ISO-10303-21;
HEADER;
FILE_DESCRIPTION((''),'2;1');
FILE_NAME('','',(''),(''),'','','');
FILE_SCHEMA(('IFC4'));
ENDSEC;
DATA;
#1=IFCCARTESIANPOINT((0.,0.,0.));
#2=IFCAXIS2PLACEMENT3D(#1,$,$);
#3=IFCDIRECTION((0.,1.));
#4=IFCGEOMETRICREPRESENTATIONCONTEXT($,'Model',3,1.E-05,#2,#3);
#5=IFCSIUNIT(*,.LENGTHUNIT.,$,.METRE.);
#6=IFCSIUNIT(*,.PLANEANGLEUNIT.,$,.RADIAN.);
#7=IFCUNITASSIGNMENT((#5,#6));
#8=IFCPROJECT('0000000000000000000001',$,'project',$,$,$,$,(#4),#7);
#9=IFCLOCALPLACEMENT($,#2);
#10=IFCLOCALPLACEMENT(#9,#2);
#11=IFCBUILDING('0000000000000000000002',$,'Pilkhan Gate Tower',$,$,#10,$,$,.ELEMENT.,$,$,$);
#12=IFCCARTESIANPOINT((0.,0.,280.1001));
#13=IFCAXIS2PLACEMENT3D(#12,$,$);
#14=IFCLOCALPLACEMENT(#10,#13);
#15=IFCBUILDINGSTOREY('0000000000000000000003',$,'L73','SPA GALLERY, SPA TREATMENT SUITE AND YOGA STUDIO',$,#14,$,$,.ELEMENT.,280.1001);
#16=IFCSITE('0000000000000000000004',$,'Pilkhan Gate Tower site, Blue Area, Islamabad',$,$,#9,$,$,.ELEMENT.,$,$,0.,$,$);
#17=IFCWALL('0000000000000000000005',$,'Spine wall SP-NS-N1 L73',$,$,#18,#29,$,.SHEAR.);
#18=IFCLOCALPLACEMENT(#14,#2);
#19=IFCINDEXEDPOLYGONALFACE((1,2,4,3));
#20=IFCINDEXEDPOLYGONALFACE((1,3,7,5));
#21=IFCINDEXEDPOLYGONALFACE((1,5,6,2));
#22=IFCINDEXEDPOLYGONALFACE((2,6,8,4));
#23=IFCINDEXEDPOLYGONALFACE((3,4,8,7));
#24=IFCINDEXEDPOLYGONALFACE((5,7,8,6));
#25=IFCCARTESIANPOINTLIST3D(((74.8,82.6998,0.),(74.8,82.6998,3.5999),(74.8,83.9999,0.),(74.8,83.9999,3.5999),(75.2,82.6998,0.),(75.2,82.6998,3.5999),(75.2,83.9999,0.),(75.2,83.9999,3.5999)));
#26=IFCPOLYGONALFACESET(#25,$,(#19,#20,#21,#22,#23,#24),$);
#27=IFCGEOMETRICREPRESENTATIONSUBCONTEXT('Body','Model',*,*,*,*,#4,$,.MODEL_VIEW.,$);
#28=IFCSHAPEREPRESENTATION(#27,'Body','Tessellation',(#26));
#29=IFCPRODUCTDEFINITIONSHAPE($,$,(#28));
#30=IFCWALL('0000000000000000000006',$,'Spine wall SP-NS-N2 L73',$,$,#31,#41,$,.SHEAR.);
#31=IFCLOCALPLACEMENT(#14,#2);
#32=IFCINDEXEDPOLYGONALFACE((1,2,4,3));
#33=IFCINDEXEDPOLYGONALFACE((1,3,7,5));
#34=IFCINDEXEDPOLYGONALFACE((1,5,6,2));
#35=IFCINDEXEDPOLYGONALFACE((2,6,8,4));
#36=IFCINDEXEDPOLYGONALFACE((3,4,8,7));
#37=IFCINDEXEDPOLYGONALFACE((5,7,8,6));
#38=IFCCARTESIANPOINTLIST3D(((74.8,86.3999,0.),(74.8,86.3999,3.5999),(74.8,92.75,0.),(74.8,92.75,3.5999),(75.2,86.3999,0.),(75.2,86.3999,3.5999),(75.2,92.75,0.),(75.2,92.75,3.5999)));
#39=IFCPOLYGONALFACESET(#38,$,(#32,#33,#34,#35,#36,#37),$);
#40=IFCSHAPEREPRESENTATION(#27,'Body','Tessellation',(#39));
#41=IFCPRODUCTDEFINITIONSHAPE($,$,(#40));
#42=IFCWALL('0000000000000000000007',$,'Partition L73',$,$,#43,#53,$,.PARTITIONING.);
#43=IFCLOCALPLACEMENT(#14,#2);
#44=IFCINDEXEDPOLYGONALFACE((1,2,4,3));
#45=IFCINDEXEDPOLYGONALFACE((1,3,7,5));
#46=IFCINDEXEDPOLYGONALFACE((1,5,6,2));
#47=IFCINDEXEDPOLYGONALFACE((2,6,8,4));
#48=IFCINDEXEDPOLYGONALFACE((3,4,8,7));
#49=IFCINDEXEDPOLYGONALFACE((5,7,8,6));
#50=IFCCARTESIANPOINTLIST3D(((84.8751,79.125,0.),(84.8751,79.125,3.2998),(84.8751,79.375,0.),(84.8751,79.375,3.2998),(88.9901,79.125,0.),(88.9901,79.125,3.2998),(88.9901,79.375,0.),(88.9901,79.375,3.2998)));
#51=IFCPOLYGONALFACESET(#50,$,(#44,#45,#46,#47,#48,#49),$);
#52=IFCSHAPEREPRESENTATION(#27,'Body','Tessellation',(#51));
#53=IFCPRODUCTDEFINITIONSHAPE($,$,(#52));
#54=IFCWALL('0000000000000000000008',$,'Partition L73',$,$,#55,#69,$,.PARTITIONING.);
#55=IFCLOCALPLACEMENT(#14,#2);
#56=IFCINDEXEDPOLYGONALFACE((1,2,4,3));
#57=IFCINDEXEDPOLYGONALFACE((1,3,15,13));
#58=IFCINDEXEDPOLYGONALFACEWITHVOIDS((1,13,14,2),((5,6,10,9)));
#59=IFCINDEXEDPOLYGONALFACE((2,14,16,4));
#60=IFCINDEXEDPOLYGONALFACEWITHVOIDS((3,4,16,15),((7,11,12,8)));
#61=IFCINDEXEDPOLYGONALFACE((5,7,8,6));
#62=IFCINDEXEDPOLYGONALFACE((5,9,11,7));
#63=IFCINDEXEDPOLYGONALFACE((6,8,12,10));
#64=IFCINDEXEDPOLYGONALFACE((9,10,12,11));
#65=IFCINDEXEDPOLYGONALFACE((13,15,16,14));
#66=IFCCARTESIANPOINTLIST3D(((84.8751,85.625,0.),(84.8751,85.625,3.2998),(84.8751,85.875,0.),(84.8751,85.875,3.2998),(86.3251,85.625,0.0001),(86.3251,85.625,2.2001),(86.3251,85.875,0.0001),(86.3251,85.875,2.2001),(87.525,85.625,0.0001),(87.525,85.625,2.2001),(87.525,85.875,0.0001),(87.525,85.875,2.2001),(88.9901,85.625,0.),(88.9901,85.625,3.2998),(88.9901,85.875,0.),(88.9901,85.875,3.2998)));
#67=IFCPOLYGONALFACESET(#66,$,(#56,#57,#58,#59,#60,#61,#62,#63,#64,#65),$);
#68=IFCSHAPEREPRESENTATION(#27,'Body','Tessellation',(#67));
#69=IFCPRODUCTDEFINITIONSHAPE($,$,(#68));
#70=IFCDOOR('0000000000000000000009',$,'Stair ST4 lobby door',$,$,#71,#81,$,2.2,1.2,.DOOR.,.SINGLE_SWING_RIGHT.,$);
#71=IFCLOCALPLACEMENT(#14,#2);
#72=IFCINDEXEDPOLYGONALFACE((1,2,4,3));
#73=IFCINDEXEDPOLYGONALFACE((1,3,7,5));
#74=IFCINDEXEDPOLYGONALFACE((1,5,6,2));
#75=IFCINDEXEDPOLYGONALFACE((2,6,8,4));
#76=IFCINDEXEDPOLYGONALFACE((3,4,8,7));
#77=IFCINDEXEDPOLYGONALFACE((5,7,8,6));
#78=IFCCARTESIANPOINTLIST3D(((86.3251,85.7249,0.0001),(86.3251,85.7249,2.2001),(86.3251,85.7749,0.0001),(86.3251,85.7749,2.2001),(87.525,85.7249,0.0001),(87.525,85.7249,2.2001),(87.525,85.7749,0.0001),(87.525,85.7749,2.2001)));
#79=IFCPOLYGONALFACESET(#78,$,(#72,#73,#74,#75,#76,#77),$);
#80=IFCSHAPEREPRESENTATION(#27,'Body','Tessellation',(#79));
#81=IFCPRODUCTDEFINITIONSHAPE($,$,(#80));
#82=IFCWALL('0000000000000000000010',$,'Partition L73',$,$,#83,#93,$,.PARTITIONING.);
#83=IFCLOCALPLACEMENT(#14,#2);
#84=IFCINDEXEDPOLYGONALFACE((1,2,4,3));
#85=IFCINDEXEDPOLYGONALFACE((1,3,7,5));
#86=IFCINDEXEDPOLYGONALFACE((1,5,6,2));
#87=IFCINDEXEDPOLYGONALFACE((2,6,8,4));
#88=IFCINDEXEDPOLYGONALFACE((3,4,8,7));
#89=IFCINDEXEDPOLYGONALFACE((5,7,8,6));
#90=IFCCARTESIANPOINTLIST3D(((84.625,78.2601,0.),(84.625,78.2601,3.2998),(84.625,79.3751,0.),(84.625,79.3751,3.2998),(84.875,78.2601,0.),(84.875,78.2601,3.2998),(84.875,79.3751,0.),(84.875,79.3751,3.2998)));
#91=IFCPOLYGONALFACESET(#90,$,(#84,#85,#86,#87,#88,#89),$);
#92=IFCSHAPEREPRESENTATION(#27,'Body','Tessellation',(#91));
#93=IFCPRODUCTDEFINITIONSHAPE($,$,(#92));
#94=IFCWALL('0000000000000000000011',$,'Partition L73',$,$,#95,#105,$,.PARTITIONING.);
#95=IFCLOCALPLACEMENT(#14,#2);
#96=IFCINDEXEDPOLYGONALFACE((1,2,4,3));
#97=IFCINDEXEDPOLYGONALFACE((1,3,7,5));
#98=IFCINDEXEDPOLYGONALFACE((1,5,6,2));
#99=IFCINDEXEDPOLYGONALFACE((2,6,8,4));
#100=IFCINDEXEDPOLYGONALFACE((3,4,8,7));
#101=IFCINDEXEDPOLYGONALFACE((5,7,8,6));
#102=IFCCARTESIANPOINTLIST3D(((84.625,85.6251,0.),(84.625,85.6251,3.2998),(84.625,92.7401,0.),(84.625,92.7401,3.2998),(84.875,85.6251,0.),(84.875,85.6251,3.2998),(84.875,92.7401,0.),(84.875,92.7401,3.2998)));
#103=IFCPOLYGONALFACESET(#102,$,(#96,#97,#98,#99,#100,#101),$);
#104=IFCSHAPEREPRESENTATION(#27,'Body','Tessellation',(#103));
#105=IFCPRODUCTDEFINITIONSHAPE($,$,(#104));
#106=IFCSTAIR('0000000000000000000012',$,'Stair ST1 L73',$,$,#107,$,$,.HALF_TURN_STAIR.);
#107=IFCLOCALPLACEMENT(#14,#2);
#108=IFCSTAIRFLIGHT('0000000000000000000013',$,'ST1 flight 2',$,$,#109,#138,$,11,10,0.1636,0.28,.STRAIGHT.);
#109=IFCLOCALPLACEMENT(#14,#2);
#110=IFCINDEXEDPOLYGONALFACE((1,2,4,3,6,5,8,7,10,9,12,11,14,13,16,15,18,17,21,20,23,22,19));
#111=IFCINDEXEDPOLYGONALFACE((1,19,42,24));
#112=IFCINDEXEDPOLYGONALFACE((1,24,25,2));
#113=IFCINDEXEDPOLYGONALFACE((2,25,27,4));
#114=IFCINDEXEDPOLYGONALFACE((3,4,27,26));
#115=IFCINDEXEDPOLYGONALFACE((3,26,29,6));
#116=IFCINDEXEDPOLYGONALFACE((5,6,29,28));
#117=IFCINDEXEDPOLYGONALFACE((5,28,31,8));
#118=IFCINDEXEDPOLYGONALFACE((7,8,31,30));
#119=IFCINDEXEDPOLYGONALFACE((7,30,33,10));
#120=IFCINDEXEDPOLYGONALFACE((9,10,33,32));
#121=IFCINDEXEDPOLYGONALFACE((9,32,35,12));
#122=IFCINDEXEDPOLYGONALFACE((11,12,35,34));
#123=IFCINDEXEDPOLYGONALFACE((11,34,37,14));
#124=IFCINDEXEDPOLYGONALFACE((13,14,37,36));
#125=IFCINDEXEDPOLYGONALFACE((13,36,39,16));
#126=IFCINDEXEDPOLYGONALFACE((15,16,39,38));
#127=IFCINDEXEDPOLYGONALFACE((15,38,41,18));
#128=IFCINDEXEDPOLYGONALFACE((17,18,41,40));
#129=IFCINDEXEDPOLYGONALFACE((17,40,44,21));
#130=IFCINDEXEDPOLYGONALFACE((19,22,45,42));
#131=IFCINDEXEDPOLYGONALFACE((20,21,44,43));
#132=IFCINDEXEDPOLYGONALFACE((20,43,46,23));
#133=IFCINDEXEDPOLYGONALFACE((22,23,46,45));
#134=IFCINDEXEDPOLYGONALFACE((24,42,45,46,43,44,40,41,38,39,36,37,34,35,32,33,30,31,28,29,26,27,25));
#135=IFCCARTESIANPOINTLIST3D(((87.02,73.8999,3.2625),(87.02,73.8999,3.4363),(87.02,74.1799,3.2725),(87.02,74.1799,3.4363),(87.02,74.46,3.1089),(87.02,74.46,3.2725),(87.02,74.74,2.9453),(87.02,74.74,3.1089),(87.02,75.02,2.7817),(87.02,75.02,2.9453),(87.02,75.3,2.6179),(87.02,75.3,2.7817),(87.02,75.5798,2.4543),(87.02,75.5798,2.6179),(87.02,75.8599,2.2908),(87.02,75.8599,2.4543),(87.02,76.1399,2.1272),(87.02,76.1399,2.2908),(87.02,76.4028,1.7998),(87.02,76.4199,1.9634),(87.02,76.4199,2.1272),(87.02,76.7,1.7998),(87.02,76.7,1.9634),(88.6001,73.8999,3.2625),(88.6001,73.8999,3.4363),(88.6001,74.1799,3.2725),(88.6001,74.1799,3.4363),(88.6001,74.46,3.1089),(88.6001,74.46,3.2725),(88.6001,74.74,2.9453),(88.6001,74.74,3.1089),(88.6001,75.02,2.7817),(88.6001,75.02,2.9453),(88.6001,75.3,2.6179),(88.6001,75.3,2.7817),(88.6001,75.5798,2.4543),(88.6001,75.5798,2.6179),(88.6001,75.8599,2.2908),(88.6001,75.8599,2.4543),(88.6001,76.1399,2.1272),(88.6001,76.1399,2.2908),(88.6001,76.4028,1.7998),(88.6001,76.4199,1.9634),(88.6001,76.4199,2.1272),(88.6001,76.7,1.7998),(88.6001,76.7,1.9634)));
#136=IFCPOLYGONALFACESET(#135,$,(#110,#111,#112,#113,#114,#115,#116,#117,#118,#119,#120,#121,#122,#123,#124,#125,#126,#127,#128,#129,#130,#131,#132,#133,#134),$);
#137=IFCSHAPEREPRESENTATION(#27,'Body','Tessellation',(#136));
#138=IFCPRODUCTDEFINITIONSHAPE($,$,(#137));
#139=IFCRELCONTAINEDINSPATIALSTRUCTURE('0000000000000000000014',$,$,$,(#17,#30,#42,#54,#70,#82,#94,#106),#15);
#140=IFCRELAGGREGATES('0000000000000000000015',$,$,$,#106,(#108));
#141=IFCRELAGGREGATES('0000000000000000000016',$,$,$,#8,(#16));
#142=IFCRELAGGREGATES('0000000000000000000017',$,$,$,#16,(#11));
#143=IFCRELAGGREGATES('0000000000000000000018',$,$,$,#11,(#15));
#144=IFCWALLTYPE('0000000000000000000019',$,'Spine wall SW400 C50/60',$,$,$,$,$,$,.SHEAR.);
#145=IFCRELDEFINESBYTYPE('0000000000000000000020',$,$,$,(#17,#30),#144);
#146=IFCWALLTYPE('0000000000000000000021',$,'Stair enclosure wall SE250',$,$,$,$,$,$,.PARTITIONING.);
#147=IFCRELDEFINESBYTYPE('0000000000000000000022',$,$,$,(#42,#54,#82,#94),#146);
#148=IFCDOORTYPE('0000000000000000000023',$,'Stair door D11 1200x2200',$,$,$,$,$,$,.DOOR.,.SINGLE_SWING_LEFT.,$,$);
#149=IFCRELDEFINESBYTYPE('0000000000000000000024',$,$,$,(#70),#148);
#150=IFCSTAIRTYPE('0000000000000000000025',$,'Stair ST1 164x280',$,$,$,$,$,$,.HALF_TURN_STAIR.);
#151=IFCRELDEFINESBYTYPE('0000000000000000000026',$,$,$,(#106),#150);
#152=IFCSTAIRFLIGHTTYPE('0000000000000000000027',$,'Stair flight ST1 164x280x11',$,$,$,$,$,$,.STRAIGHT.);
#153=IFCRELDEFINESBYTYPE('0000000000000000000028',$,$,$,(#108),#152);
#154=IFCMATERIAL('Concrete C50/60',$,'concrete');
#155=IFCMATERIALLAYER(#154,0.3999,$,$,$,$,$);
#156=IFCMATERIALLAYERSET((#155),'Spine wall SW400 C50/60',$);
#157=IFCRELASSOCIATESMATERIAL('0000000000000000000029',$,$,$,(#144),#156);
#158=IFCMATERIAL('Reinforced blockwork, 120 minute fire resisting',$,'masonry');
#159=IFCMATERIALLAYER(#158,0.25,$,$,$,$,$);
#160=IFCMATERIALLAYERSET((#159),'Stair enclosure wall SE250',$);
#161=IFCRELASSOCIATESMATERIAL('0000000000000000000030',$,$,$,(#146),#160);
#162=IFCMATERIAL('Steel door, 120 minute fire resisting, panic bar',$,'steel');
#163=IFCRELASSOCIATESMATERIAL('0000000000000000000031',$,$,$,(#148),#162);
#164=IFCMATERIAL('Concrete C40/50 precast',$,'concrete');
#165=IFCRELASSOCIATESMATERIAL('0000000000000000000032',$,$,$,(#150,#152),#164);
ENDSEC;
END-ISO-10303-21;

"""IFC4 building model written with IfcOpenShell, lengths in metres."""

from ifc_helpers import new_model, si_unit, direction, frame, frame_2d, origin, place, context, subcontext, project, spatial, polyline, rectangle, outline, extrude, material, layer, layer_set, type_object, element, fill, aggregate, save


model = new_model("IFC4")

# Units and contexts
model_context = context("Model", 3, precision=1e-05, world=origin(), true_north=direction((0.0, 1.0)))
body_context = subcontext(model_context, "Body", "Model", "MODEL_VIEW")
ifc_project = project(units=[si_unit("LENGTHUNIT", "METRE"), si_unit("PLANEANGLEUNIT", "RADIAN")], contexts=[model_context])

# Site, building, storey
site_placement = place(None, origin())
site = spatial("IfcSite", under=ifc_project, at=site_placement, Name="Pilkhan Gate Tower site, Blue Area, Islamabad", CompositionType="ELEMENT", RefElevation=0.0)
building_placement = place(site_placement, origin())
building = spatial("IfcBuilding", under=site, at=building_placement, Name="Pilkhan Gate Tower", CompositionType="ELEMENT")
storey_placement = place(building_placement, frame((0.0, 0.0, 280.1001)))
storey = spatial("IfcBuildingStorey", under=building, at=storey_placement, Name="L73", Description="SPA GALLERY, SPA TREATMENT SUITE AND YOGA STUDIO", CompositionType="ELEMENT", Elevation=280.1001)

# Shared definitions
ifc_material_1 = material(Name="Concrete C50/60", Category="concrete")

# Walls
ifc_layer_1 = layer(ifc_material_1, 0.3999)
ifc_layer_set_1 = layer_set([ifc_layer_1], Name="Spine wall SW400 C50/60")
wall_type_1 = type_object("IfcWallType", Name="Spine wall SW400 C50/60", PredefinedType="SHEAR", material=ifc_layer_set_1)
wall_1_placement = place(storey_placement, frame((75.0, 82.7, 0.0), z_axis=(0.0, 0.0, 1.0), x_axis=(0.0, 1.0, 0.0)))
element("IfcWall", 1, at=wall_1_placement, inside=storey, type_object=wall_type_1, Name="Spine wall SP-NS-N1 L73", PredefinedType="SHEAR", context=body_context, shape_type="SweptSolid", body=[
    extrude(rectangle(XDim=1.3, YDim=0.3999, at=frame_2d((0.6499, 0.0))), origin(), (0.0, 0.0, 1.0), 3.5999),
])
wall_2_placement = place(storey_placement, frame((75.0, 86.3999, 0.0), z_axis=(0.0, 0.0, 1.0), x_axis=(0.0, 1.0, 0.0)))
element("IfcWall", 2, at=wall_2_placement, inside=storey, type_object=wall_type_1, Name="Spine wall SP-NS-N2 L73", PredefinedType="SHEAR", context=body_context, shape_type="SweptSolid", body=[
    extrude(rectangle(XDim=6.3501, YDim=0.3999, at=frame_2d((3.175, 0.0))), origin(), (0.0, 0.0, 1.0), 3.5999),
])
ifc_material_2 = material(Name="Reinforced blockwork, 120 minute fire resisting", Category="masonry")
ifc_layer_2 = layer(ifc_material_2, 0.25)
ifc_layer_set_2 = layer_set([ifc_layer_2], Name="Stair enclosure wall SE250")
wall_type_2 = type_object("IfcWallType", Name="Stair enclosure wall SE250", PredefinedType="PARTITIONING", material=ifc_layer_set_2)
wall_3_placement = place(storey_placement, frame((84.875, 79.25, 0.0), z_axis=(0.0, 0.0, 1.0), x_axis=(1.0, 0.0, 0.0)))
element("IfcWall", 3, at=wall_3_placement, inside=storey, type_object=wall_type_2, Name="Partition L73", PredefinedType="PARTITIONING", context=body_context, shape_type="SweptSolid", body=[
    extrude(rectangle(XDim=4.115, YDim=0.25, at=frame_2d((2.0576, 0.0))), origin(), (0.0, 0.0, 1.0), 3.2998),
])

# Wall, opening, door
wall_4_placement = place(storey_placement, frame((84.875, 85.75, 0.0), z_axis=(0.0, 0.0, 1.0), x_axis=(1.0, 0.0, 0.0)))
wall_4 = element("IfcWall", 4, at=wall_4_placement, inside=storey, type_object=wall_type_2, Name="Partition L73", PredefinedType="PARTITIONING", context=body_context, shape_type="SweptSolid", body=[
    extrude(rectangle(XDim=4.115, YDim=0.25, at=frame_2d((2.0576, 0.0))), origin(), (0.0, 0.0, 1.0), 3.2998),
])
opening_1_placement = place(wall_4_placement, frame((1.45, 0.0, 0.0)))
opening_1 = element("IfcOpeningElement", 5, at=opening_1_placement, cuts=wall_4, PredefinedType="OPENING", context=body_context, shape_type="SweptSolid", body=[
    extrude(rectangle(XDim=1.2, YDim=2.2, at=frame_2d((0.6001, 1.1001))), frame((0.0, 0.135, 0.0), z_axis=(0.0, -1.0, 0.0), x_axis=(1.0, 0.0, 0.0)), (0.0, 0.0, 1.0), 0.27),
])
ifc_material_3 = material(Name="Steel door, 120 minute fire resisting, panic bar", Category="steel")
door_type_1 = type_object("IfcDoorType", Name="Stair door D11 1200x2200", OperationType="SINGLE_SWING_LEFT", PredefinedType="DOOR", material=ifc_material_3)
door_1_placement = place(opening_1_placement, origin())
door_1 = element("IfcDoor", 6, at=door_1_placement, inside=storey, type_object=door_type_1, Name="Stair ST4 lobby door", OperationType="SINGLE_SWING_RIGHT", OverallHeight=2.2, OverallWidth=1.2, PredefinedType="DOOR", context=body_context, shape_type="SweptSolid", body=[
    extrude(rectangle(XDim=1.2, YDim=2.2, at=frame_2d((0.6001, 1.1001))), frame((0.0, 0.0249, 0.0), z_axis=(0.0, -1.0, 0.0), x_axis=(1.0, 0.0, 0.0)), (0.0, 0.0, 1.0), 0.05),
])
fill(opening_1, door_1)

# Walls
wall_5_placement = place(storey_placement, frame((84.75, 78.26, 0.0), z_axis=(0.0, 0.0, 1.0), x_axis=(0.0, 1.0, 0.0)))
element("IfcWall", 7, at=wall_5_placement, inside=storey, type_object=wall_type_2, Name="Partition L73", PredefinedType="PARTITIONING", context=body_context, shape_type="SweptSolid", body=[
    extrude(rectangle(XDim=1.115, YDim=0.25, at=frame_2d((0.5576, 0.0))), origin(), (0.0, 0.0, 1.0), 3.2998),
])
wall_6_placement = place(storey_placement, frame((84.75, 85.625, 0.0), z_axis=(0.0, 0.0, 1.0), x_axis=(0.0, 1.0, 0.0)))
element("IfcWall", 8, at=wall_6_placement, inside=storey, type_object=wall_type_2, Name="Partition L73", PredefinedType="PARTITIONING", context=body_context, shape_type="SweptSolid", body=[
    extrude(rectangle(XDim=7.115, YDim=0.25, at=frame_2d((3.5576, 0.0))), origin(), (0.0, 0.0, 1.0), 3.2998),
])

# Stair, stair flight
ifc_material_4 = material(Name="Concrete C40/50 precast", Category="concrete")
stair_type = type_object("IfcStairType", Name="Stair ST1 164x280", PredefinedType="HALF_TURN_STAIR", material=ifc_material_4)
stair_placement = place(storey_placement, origin())
stair = element("IfcStair", 9, at=stair_placement, inside=storey, type_object=stair_type, Name="Stair ST1 L73", PredefinedType="HALF_TURN_STAIR")
stair_flight_type = type_object("IfcStairFlightType", Name="Stair flight ST1 164x280x11", PredefinedType="STRAIGHT", material=ifc_material_4)
stair_flight_placement = place(storey_placement, frame((87.8101, 76.7, 1.7998), z_axis=(0.0, 0.0, 1.0), x_axis=(0.0, -1.0, 0.0)))
stair_flight = element("IfcStairFlight", 10, at=stair_flight_placement, type_object=stair_flight_type, Name="ST1 flight 2", NumberOfRisers=11, NumberOfTreads=10, PredefinedType="STRAIGHT", RiserHeight=0.1636, TreadLength=0.28, context=body_context, shape_type="SweptSolid", body=[
    extrude(outline(polyline([(0.0, 0.0), (0.0, 0.1636), (0.28, 0.1636), (0.28, 0.3274), (0.5601, 0.3274), (0.5601, 0.491), (0.8401, 0.491), (0.8401, 0.6545), (1.1201, 0.6545), (1.1201, 0.8181), (1.3999, 0.8181), (1.3999, 0.9819), (1.6799, 0.9819), (1.6799, 1.1455), (1.96, 1.1455), (1.96, 1.3091), (2.24, 1.3091), (2.24, 1.4727), (2.52, 1.4727), (2.52, 1.6365), (2.8, 1.6365), (2.8, 1.8), (2.8, 1.4626), (0.2971, 0.0), (0.0, 0.0)])), frame((0.0, 0.79, 0.0), z_axis=(0.0, -1.0, 0.0), x_axis=(1.0, 0.0, 0.0)), (0.0, 0.0, 1.0), 1.5801),
])
aggregate(stair, [stair_flight])

save(model, "model.ifc")
